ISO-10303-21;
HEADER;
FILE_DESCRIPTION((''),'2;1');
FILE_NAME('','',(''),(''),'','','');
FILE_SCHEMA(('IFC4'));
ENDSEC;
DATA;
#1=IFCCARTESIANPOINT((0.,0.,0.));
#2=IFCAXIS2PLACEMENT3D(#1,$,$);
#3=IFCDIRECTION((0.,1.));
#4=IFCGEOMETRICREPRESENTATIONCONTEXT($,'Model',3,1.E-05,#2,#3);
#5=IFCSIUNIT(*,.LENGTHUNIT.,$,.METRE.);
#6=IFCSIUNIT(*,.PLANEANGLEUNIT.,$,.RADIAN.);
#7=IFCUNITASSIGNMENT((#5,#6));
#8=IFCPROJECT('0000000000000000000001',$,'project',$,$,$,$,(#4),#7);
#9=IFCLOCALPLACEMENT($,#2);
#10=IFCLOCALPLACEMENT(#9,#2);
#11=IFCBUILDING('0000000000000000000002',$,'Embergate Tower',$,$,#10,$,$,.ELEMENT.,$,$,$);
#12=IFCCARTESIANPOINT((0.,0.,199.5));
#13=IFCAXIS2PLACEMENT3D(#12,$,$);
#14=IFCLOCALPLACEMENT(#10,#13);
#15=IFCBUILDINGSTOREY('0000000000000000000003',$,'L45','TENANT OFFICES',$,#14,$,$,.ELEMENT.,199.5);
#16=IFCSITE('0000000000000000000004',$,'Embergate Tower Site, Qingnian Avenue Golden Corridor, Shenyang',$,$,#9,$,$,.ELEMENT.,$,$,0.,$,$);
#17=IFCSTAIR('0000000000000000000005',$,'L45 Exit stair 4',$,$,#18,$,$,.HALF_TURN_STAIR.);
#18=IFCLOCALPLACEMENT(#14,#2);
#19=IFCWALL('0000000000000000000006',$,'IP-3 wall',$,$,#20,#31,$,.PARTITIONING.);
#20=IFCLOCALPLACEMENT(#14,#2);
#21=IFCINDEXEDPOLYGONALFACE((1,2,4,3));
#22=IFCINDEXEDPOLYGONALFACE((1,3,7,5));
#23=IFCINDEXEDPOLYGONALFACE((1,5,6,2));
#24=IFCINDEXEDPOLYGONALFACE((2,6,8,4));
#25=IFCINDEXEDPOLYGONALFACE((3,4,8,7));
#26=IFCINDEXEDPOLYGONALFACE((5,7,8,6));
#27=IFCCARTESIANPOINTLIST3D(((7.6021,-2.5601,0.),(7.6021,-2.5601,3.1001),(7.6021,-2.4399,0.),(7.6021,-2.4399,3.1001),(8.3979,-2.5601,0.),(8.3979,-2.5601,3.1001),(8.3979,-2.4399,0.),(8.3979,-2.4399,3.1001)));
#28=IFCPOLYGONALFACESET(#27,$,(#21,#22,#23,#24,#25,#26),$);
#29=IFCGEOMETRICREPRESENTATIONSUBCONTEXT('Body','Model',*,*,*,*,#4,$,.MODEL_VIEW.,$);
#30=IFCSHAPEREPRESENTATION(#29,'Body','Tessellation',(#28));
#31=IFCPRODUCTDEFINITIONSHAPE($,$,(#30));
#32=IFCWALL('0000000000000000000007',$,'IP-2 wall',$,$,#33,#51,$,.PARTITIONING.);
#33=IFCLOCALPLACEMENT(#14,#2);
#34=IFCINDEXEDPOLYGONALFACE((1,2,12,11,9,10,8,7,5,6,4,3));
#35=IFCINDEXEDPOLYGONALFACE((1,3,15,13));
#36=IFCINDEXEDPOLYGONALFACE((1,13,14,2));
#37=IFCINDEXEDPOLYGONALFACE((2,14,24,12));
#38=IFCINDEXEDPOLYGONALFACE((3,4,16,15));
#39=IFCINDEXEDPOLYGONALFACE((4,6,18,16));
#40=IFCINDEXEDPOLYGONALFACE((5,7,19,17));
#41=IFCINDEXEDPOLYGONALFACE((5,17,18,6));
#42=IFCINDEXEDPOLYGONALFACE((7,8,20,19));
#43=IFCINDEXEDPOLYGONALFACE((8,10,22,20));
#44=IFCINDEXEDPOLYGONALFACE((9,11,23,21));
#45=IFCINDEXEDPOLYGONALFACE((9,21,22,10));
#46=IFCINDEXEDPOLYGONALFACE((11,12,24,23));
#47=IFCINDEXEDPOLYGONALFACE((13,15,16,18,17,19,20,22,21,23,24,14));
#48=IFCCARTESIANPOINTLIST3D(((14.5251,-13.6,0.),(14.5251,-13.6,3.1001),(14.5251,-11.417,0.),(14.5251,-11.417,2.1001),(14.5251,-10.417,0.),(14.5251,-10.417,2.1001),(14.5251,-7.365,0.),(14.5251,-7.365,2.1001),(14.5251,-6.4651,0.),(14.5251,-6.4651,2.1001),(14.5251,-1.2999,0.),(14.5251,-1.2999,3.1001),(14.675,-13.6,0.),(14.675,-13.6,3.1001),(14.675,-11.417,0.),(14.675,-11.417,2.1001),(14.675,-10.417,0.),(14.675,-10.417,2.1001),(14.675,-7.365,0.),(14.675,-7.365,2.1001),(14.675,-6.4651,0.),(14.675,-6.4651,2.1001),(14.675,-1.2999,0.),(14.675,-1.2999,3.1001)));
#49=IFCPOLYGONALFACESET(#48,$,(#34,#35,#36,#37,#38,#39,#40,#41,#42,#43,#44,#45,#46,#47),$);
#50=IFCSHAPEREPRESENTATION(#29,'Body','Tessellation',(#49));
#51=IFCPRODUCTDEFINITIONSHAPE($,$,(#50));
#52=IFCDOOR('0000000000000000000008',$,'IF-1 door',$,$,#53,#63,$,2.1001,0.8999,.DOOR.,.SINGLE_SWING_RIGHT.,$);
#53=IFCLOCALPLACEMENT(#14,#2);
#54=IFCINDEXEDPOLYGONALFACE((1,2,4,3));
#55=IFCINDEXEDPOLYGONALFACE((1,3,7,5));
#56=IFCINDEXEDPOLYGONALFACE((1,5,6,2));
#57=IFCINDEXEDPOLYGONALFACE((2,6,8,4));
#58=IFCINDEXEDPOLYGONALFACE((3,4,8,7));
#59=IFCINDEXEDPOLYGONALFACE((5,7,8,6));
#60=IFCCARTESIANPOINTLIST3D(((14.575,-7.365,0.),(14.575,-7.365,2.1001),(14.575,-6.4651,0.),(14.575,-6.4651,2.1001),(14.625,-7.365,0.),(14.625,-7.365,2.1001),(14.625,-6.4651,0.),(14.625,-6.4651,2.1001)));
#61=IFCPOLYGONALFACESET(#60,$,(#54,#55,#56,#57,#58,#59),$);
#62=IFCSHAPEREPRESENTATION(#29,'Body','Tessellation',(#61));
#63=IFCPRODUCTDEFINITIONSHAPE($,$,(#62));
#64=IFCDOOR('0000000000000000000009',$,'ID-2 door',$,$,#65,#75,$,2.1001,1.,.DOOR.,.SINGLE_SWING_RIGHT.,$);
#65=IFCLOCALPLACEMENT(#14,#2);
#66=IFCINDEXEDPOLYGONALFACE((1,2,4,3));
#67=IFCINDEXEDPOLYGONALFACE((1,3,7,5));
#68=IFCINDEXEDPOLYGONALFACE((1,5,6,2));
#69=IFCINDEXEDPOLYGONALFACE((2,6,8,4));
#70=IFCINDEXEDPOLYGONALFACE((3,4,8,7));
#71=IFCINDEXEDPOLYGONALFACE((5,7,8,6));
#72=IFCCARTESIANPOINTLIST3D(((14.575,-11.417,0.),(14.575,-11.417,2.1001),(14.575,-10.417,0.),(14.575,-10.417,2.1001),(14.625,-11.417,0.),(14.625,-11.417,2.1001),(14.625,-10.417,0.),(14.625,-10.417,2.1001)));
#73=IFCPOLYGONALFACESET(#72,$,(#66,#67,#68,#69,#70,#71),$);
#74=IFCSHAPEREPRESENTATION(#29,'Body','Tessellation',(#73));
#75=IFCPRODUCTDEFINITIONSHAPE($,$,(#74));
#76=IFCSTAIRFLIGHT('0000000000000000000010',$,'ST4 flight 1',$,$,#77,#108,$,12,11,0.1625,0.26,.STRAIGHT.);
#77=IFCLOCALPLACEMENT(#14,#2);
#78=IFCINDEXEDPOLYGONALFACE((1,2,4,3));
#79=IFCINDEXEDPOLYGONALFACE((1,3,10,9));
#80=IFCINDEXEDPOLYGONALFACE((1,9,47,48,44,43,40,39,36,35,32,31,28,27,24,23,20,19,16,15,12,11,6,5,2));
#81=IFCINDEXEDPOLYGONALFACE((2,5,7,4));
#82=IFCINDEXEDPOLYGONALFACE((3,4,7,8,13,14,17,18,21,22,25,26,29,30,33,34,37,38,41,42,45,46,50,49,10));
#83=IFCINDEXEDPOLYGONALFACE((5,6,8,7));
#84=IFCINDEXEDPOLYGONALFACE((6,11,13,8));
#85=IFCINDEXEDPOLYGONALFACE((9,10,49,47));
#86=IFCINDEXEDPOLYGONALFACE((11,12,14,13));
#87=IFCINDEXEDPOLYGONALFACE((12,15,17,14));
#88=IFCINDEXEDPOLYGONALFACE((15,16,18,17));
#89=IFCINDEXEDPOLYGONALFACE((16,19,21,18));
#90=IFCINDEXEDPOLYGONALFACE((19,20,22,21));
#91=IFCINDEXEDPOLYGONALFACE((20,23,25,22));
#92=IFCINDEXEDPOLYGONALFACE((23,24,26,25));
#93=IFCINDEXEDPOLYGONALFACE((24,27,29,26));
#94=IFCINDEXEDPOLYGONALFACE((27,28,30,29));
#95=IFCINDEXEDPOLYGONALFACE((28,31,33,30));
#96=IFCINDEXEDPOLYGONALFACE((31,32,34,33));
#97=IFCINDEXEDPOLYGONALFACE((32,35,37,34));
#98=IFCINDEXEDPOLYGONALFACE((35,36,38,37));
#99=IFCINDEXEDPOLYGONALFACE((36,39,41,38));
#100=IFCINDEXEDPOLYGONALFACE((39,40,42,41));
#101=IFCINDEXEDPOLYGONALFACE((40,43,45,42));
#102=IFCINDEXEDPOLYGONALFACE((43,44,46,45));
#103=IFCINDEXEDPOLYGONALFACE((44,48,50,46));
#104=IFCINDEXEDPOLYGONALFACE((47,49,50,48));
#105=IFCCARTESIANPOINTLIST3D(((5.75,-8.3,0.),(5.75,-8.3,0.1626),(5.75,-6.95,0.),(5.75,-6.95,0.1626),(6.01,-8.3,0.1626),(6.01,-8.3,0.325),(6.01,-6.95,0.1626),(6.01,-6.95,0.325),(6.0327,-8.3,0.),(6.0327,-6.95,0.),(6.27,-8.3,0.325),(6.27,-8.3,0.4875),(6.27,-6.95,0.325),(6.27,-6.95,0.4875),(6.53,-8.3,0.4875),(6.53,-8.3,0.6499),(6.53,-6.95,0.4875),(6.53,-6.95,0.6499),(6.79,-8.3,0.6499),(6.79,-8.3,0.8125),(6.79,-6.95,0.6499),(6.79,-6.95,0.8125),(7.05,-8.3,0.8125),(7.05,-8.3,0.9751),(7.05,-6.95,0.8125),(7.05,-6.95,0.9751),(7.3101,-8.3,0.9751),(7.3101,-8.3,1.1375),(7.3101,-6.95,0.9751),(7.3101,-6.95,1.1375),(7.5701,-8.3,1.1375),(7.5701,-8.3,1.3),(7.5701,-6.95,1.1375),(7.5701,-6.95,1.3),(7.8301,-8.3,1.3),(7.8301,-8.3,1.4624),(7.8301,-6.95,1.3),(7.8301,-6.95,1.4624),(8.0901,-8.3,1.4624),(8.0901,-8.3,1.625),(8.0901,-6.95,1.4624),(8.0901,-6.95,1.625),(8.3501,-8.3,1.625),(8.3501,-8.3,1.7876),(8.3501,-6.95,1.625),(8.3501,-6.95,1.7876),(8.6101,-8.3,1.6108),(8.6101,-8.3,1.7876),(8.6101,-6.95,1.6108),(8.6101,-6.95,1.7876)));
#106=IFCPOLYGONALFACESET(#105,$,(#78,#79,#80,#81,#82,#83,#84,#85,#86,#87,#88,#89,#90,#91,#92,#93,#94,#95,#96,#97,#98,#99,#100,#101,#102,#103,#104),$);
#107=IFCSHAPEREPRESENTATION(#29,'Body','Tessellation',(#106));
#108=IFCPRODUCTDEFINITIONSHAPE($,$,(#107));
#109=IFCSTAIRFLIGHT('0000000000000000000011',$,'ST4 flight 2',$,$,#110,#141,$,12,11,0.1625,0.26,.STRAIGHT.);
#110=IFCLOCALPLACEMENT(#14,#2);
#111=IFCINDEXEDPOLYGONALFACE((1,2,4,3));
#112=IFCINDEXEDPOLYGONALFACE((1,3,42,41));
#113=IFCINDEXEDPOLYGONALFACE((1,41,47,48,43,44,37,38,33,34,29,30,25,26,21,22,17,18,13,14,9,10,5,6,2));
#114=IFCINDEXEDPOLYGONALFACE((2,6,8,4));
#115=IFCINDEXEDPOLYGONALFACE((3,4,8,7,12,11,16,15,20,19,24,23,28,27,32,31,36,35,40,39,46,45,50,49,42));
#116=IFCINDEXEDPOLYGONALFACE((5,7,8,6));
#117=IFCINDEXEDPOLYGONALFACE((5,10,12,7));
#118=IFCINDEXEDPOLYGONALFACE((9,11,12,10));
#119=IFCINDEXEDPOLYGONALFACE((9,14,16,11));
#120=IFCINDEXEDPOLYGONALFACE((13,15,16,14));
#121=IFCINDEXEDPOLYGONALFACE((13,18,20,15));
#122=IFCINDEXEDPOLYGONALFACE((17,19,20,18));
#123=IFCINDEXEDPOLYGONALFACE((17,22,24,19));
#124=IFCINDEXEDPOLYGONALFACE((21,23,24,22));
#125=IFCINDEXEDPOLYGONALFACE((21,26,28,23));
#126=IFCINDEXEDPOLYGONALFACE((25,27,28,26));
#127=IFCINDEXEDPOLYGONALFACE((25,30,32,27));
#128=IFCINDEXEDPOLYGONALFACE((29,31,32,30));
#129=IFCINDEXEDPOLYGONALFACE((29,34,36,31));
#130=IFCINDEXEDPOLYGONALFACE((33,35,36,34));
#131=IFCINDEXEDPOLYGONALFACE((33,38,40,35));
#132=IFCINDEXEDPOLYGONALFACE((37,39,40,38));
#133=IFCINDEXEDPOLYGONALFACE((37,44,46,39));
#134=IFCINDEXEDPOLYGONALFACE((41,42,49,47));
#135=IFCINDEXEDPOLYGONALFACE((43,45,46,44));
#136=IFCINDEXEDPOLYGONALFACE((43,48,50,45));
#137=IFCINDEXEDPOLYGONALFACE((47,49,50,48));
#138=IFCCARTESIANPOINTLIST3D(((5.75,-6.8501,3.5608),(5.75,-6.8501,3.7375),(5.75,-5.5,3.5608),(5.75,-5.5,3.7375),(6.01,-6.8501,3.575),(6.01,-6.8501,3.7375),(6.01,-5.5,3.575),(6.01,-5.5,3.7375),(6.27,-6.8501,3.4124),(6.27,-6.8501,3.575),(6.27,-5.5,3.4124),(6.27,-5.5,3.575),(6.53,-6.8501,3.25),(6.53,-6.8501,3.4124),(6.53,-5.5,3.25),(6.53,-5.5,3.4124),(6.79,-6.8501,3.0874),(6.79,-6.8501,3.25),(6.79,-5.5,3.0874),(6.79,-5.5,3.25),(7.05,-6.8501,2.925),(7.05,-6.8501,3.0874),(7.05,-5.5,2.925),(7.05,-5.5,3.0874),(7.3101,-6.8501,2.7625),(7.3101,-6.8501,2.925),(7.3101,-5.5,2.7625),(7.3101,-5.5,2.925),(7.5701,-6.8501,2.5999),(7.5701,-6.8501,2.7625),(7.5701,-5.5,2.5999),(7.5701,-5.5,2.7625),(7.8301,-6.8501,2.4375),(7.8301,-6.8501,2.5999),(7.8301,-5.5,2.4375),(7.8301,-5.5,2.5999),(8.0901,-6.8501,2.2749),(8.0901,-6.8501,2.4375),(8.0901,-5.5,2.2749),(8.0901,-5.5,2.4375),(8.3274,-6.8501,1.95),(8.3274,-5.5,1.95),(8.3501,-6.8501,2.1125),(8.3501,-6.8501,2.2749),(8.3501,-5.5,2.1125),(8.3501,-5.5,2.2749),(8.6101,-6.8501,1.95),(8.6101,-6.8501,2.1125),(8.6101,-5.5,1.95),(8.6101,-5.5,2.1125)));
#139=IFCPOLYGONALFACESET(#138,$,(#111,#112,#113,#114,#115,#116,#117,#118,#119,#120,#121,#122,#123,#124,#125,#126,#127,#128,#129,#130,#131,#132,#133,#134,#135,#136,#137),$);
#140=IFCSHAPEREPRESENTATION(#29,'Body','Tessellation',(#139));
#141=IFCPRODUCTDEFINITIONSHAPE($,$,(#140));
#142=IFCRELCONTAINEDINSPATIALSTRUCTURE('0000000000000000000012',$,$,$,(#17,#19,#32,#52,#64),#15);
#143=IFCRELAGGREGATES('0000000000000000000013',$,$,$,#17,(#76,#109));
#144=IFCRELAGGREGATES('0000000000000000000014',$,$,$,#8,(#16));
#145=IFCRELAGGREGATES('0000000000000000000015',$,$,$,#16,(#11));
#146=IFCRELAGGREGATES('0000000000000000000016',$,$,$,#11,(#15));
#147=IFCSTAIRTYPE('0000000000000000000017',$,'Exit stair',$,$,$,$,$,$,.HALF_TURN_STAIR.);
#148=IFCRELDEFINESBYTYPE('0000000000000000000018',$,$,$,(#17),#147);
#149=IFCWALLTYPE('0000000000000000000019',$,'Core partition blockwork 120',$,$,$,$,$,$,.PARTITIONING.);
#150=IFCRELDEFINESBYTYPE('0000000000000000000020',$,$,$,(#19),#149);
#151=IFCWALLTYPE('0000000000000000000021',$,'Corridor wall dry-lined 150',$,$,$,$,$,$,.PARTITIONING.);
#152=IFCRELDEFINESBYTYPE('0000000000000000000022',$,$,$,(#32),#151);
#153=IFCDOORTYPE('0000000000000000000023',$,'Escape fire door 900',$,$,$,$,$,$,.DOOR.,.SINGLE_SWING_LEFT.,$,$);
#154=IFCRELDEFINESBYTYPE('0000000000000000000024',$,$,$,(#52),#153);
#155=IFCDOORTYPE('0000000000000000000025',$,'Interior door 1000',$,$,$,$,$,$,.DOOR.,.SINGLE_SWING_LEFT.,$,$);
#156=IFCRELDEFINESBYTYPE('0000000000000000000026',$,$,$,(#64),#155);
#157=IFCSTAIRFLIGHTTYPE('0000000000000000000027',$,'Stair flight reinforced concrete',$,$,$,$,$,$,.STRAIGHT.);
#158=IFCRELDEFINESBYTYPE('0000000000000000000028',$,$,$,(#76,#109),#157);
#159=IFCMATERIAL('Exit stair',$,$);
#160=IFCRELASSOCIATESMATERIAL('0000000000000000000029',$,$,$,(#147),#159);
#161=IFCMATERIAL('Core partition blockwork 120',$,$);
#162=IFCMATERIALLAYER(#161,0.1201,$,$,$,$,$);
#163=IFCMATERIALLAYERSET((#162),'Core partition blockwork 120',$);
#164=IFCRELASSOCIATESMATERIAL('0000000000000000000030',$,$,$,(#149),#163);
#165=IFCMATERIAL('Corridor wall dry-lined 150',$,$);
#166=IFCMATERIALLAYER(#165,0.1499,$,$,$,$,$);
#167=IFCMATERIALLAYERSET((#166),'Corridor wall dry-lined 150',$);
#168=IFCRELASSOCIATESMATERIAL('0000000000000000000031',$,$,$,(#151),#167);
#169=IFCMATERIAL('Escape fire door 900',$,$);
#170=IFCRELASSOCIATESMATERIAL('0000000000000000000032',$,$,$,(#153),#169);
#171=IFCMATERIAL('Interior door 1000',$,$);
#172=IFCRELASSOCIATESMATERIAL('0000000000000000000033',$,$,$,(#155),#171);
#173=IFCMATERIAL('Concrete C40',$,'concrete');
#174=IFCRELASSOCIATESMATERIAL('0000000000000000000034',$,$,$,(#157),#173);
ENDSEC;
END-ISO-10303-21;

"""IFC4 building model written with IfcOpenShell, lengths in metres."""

from ifc_helpers import new_model, si_unit, direction, frame, frame_2d, origin, place, context, subcontext, project, spatial, polyline, rectangle, outline, extrude, source, transform, mapped, material, layer, layer_set, type_object, element, fill, aggregate, save


model = new_model("IFC4")

# Units and contexts
model_context = context("Model", 3, precision=1e-05, world=origin(), true_north=direction((0.0, 1.0)))
body_context = subcontext(model_context, "Body", "Model", "MODEL_VIEW")
ifc_project = project(units=[si_unit("LENGTHUNIT", "METRE"), si_unit("PLANEANGLEUNIT", "RADIAN")], contexts=[model_context])

# Site, building, storey
site_placement = place(None, origin())
site = spatial("IfcSite", under=ifc_project, at=site_placement, Name="Embergate Tower Site, Qingnian Avenue Golden Corridor, Shenyang", CompositionType="ELEMENT", RefElevation=0.0)
building_placement = place(site_placement, origin())
building = spatial("IfcBuilding", under=site, at=building_placement, Name="Embergate Tower", CompositionType="ELEMENT")
storey_placement = place(building_placement, frame((0.0, 0.0, 199.5)))
storey = spatial("IfcBuildingStorey", under=building, at=storey_placement, Name="L45", Description="TENANT OFFICES", CompositionType="ELEMENT", Elevation=199.5)

# Stair
ifc_material_1 = material(Name="Exit stair")
stair_type = type_object("IfcStairType", Name="Exit stair", PredefinedType="HALF_TURN_STAIR", material=ifc_material_1)
stair_placement = place(storey_placement, origin())
stair = element("IfcStair", 1, at=stair_placement, inside=storey, type_object=stair_type, Name="L45 Exit stair 4", PredefinedType="HALF_TURN_STAIR")
ifc_material_2 = material(Name="Concrete C40", Category="concrete")

# Shared definitions
ifc_material_3 = material(Name="Core partition blockwork 120")
ifc_layer_1 = layer(ifc_material_3, 0.1201)
ifc_layer_set_1 = layer_set([ifc_layer_1], Name="Core partition blockwork 120")
wall_type_1 = type_object("IfcWallType", Name="Core partition blockwork 120", PredefinedType="PARTITIONING", material=ifc_layer_set_1)

# Shared definitions
shared_shape_1 = source(origin(), body_context, "Body", "SweptSolid", [
    extrude(rectangle(XDim=0.8999, YDim=2.1001, at=frame_2d((0.45, 1.05))), frame((0.0, 0.0249, 0.0), z_axis=(0.0, -1.0, 0.0), x_axis=(1.0, 0.0, 0.0)), (0.0, 0.0, 1.0), 0.05),
])

# Wall
shared_shape_2 = source(origin(), body_context, "Body", "SweptSolid", [
    extrude(rectangle(XDim=0.7959, YDim=0.1201, at=frame_2d((0.3979, 0.0))), origin(), (0.0, 0.0, 1.0), 3.1001),
])
wall_1_placement = place(storey_placement, frame((7.6021, -2.5, 0.0), z_axis=(0.0, 0.0, 1.0), x_axis=(1.0, 0.0, 0.0)))
element("IfcWall", 2, at=wall_1_placement, inside=storey, type_object=wall_type_1, Name="IP-3 wall", PredefinedType="PARTITIONING", context=body_context, shape_type="MappedRepresentation", body=[
    mapped(shared_shape_2, transform((0.0, 0.0, 0.0))),
])

# Wall, openings, doors
ifc_material_4 = material(Name="Corridor wall dry-lined 150")
ifc_layer_2 = layer(ifc_material_4, 0.1499)
ifc_layer_set_2 = layer_set([ifc_layer_2], Name="Corridor wall dry-lined 150")
wall_type_2 = type_object("IfcWallType", Name="Corridor wall dry-lined 150", PredefinedType="PARTITIONING", material=ifc_layer_set_2)
shared_shape_3 = source(origin(), body_context, "Body", "SweptSolid", [
    extrude(rectangle(XDim=12.3, YDim=0.1499, at=frame_2d((6.1499, 0.0))), origin(), (0.0, 0.0, 1.0), 3.1001),
])
wall_2_placement = place(storey_placement, frame((14.6001, -1.3, 0.0), z_axis=(0.0, 0.0, 1.0), x_axis=(0.0, -1.0, 0.0)))
wall_2 = element("IfcWall", 3, at=wall_2_placement, inside=storey, type_object=wall_type_2, Name="IP-2 wall", PredefinedType="PARTITIONING", context=body_context, shape_type="MappedRepresentation", body=[
    mapped(shared_shape_3, transform((0.0, 0.0, 0.0))),
])
shared_shape_4 = source(origin(), body_context, "Body", "SweptSolid", [
    extrude(rectangle(XDim=1.0, YDim=2.1001, at=frame_2d((0.5, 1.05))), frame((0.0, 0.085, 0.0), z_axis=(0.0, -1.0, 0.0), x_axis=(1.0, 0.0, 0.0)), (0.0, 0.0, 1.0), 0.1699),
])
opening_1_placement = place(wall_2_placement, frame((9.1169, 0.0, 0.0)))
opening_1 = element("IfcOpeningElement", 4, at=opening_1_placement, cuts=wall_2, PredefinedType="OPENING", context=body_context, shape_type="MappedRepresentation", body=[
    mapped(shared_shape_4, transform((0.0, 0.0, 0.0))),
])
shared_shape_5 = source(origin(), body_context, "Body", "SweptSolid", [
    extrude(rectangle(XDim=0.8999, YDim=2.1001, at=frame_2d((0.45, 1.05))), frame((0.0, 0.085, 0.0), z_axis=(0.0, -1.0, 0.0), x_axis=(1.0, 0.0, 0.0)), (0.0, 0.0, 1.0), 0.1699),
])
opening_2_placement = place(wall_2_placement, frame((5.165, 0.0, 0.0)))
opening_2 = element("IfcOpeningElement", 5, at=opening_2_placement, cuts=wall_2, PredefinedType="OPENING", context=body_context, shape_type="MappedRepresentation", body=[
    mapped(shared_shape_5, transform((0.0, 0.0, 0.0))),
])
ifc_material_5 = material(Name="Escape fire door 900")
door_type_1 = type_object("IfcDoorType", Name="Escape fire door 900", OperationType="SINGLE_SWING_LEFT", PredefinedType="DOOR", material=ifc_material_5)
door_1_placement = place(opening_2_placement, origin())
door_1 = element("IfcDoor", 6, at=door_1_placement, inside=storey, type_object=door_type_1, Name="IF-1 door", OperationType="SINGLE_SWING_RIGHT", OverallHeight=2.1001, OverallWidth=0.8999, PredefinedType="DOOR", context=body_context, shape_type="MappedRepresentation", body=[
    mapped(shared_shape_1, transform((0.0, 0.0, 0.0))),
])
fill(opening_2, door_1)
ifc_material_6 = material(Name="Interior door 1000")
door_type_2 = type_object("IfcDoorType", Name="Interior door 1000", OperationType="SINGLE_SWING_LEFT", PredefinedType="DOOR", material=ifc_material_6)
shared_shape_6 = source(origin(), body_context, "Body", "SweptSolid", [
    extrude(rectangle(XDim=1.0, YDim=2.1001, at=frame_2d((0.5, 1.05))), frame((0.0, 0.0249, 0.0), z_axis=(0.0, -1.0, 0.0), x_axis=(1.0, 0.0, 0.0)), (0.0, 0.0, 1.0), 0.05),
])
door_2_placement = place(opening_1_placement, origin())
door_2 = element("IfcDoor", 7, at=door_2_placement, inside=storey, type_object=door_type_2, Name="ID-2 door", OperationType="SINGLE_SWING_RIGHT", OverallHeight=2.1001, OverallWidth=1.0, PredefinedType="DOOR", context=body_context, shape_type="MappedRepresentation", body=[
    mapped(shared_shape_6, transform((0.0, 0.0, 0.0))),
])
fill(opening_1, door_2)

# Stair flights
stair_flight_type = type_object("IfcStairFlightType", Name="Stair flight reinforced concrete", PredefinedType="STRAIGHT", material=ifc_material_2)
shared_shape_7 = source(origin(), body_context, "Body", "SweptSolid", [
    extrude(outline(polyline([(0.0, 0.0), (0.0, 0.1626), (0.26, 0.1626), (0.26, 0.325), (0.52, 0.325), (0.52, 0.4875), (0.78, 0.4875), (0.78, 0.6499), (1.04, 0.6499), (1.04, 0.8125), (1.3, 0.8125), (1.3, 0.9751), (1.5601, 0.9751), (1.5601, 1.1375), (1.8201, 1.1375), (1.8201, 1.3), (2.0801, 1.3), (2.0801, 1.4624), (2.3401, 1.4624), (2.3401, 1.625), (2.6001, 1.625), (2.6001, 1.7876), (2.8601, 1.7876), (2.8601, 1.95), (2.8601, 1.6108), (0.2827, 0.0), (0.0, 0.0)])), frame((0.0, 0.675, 0.0), z_axis=(0.0, -1.0, 0.0), x_axis=(1.0, 0.0, 0.0)), (0.0, 0.0, 1.0), 1.3501),
])
stair_flight_1_placement = place(storey_placement, frame((5.75, -7.625, 0.0), z_axis=(0.0, 0.0, 1.0), x_axis=(1.0, 0.0, 0.0)))
stair_flight_1 = element("IfcStairFlight", 8, at=stair_flight_1_placement, type_object=stair_flight_type, Name="ST4 flight 1", NumberOfRisers=12, NumberOfTreads=11, PredefinedType="STRAIGHT", RiserHeight=0.1625, TreadLength=0.26, context=body_context, shape_type="MappedRepresentation", body=[
    mapped(shared_shape_7, transform((0.0, 0.0, 0.0))),
])
stair_flight_2_placement = place(storey_placement, frame((8.6101, -6.175, 1.95), z_axis=(0.0, 0.0, 1.0), x_axis=(-1.0, 0.0, 0.0)))
stair_flight_2 = element("IfcStairFlight", 9, at=stair_flight_2_placement, type_object=stair_flight_type, Name="ST4 flight 2", NumberOfRisers=12, NumberOfTreads=11, PredefinedType="STRAIGHT", RiserHeight=0.1625, TreadLength=0.26, context=body_context, shape_type="MappedRepresentation", body=[
    mapped(shared_shape_7, transform((0.0, 0.0, 0.0))),
])
aggregate(stair, [stair_flight_1, stair_flight_2])

save(model, "model.ifc")
